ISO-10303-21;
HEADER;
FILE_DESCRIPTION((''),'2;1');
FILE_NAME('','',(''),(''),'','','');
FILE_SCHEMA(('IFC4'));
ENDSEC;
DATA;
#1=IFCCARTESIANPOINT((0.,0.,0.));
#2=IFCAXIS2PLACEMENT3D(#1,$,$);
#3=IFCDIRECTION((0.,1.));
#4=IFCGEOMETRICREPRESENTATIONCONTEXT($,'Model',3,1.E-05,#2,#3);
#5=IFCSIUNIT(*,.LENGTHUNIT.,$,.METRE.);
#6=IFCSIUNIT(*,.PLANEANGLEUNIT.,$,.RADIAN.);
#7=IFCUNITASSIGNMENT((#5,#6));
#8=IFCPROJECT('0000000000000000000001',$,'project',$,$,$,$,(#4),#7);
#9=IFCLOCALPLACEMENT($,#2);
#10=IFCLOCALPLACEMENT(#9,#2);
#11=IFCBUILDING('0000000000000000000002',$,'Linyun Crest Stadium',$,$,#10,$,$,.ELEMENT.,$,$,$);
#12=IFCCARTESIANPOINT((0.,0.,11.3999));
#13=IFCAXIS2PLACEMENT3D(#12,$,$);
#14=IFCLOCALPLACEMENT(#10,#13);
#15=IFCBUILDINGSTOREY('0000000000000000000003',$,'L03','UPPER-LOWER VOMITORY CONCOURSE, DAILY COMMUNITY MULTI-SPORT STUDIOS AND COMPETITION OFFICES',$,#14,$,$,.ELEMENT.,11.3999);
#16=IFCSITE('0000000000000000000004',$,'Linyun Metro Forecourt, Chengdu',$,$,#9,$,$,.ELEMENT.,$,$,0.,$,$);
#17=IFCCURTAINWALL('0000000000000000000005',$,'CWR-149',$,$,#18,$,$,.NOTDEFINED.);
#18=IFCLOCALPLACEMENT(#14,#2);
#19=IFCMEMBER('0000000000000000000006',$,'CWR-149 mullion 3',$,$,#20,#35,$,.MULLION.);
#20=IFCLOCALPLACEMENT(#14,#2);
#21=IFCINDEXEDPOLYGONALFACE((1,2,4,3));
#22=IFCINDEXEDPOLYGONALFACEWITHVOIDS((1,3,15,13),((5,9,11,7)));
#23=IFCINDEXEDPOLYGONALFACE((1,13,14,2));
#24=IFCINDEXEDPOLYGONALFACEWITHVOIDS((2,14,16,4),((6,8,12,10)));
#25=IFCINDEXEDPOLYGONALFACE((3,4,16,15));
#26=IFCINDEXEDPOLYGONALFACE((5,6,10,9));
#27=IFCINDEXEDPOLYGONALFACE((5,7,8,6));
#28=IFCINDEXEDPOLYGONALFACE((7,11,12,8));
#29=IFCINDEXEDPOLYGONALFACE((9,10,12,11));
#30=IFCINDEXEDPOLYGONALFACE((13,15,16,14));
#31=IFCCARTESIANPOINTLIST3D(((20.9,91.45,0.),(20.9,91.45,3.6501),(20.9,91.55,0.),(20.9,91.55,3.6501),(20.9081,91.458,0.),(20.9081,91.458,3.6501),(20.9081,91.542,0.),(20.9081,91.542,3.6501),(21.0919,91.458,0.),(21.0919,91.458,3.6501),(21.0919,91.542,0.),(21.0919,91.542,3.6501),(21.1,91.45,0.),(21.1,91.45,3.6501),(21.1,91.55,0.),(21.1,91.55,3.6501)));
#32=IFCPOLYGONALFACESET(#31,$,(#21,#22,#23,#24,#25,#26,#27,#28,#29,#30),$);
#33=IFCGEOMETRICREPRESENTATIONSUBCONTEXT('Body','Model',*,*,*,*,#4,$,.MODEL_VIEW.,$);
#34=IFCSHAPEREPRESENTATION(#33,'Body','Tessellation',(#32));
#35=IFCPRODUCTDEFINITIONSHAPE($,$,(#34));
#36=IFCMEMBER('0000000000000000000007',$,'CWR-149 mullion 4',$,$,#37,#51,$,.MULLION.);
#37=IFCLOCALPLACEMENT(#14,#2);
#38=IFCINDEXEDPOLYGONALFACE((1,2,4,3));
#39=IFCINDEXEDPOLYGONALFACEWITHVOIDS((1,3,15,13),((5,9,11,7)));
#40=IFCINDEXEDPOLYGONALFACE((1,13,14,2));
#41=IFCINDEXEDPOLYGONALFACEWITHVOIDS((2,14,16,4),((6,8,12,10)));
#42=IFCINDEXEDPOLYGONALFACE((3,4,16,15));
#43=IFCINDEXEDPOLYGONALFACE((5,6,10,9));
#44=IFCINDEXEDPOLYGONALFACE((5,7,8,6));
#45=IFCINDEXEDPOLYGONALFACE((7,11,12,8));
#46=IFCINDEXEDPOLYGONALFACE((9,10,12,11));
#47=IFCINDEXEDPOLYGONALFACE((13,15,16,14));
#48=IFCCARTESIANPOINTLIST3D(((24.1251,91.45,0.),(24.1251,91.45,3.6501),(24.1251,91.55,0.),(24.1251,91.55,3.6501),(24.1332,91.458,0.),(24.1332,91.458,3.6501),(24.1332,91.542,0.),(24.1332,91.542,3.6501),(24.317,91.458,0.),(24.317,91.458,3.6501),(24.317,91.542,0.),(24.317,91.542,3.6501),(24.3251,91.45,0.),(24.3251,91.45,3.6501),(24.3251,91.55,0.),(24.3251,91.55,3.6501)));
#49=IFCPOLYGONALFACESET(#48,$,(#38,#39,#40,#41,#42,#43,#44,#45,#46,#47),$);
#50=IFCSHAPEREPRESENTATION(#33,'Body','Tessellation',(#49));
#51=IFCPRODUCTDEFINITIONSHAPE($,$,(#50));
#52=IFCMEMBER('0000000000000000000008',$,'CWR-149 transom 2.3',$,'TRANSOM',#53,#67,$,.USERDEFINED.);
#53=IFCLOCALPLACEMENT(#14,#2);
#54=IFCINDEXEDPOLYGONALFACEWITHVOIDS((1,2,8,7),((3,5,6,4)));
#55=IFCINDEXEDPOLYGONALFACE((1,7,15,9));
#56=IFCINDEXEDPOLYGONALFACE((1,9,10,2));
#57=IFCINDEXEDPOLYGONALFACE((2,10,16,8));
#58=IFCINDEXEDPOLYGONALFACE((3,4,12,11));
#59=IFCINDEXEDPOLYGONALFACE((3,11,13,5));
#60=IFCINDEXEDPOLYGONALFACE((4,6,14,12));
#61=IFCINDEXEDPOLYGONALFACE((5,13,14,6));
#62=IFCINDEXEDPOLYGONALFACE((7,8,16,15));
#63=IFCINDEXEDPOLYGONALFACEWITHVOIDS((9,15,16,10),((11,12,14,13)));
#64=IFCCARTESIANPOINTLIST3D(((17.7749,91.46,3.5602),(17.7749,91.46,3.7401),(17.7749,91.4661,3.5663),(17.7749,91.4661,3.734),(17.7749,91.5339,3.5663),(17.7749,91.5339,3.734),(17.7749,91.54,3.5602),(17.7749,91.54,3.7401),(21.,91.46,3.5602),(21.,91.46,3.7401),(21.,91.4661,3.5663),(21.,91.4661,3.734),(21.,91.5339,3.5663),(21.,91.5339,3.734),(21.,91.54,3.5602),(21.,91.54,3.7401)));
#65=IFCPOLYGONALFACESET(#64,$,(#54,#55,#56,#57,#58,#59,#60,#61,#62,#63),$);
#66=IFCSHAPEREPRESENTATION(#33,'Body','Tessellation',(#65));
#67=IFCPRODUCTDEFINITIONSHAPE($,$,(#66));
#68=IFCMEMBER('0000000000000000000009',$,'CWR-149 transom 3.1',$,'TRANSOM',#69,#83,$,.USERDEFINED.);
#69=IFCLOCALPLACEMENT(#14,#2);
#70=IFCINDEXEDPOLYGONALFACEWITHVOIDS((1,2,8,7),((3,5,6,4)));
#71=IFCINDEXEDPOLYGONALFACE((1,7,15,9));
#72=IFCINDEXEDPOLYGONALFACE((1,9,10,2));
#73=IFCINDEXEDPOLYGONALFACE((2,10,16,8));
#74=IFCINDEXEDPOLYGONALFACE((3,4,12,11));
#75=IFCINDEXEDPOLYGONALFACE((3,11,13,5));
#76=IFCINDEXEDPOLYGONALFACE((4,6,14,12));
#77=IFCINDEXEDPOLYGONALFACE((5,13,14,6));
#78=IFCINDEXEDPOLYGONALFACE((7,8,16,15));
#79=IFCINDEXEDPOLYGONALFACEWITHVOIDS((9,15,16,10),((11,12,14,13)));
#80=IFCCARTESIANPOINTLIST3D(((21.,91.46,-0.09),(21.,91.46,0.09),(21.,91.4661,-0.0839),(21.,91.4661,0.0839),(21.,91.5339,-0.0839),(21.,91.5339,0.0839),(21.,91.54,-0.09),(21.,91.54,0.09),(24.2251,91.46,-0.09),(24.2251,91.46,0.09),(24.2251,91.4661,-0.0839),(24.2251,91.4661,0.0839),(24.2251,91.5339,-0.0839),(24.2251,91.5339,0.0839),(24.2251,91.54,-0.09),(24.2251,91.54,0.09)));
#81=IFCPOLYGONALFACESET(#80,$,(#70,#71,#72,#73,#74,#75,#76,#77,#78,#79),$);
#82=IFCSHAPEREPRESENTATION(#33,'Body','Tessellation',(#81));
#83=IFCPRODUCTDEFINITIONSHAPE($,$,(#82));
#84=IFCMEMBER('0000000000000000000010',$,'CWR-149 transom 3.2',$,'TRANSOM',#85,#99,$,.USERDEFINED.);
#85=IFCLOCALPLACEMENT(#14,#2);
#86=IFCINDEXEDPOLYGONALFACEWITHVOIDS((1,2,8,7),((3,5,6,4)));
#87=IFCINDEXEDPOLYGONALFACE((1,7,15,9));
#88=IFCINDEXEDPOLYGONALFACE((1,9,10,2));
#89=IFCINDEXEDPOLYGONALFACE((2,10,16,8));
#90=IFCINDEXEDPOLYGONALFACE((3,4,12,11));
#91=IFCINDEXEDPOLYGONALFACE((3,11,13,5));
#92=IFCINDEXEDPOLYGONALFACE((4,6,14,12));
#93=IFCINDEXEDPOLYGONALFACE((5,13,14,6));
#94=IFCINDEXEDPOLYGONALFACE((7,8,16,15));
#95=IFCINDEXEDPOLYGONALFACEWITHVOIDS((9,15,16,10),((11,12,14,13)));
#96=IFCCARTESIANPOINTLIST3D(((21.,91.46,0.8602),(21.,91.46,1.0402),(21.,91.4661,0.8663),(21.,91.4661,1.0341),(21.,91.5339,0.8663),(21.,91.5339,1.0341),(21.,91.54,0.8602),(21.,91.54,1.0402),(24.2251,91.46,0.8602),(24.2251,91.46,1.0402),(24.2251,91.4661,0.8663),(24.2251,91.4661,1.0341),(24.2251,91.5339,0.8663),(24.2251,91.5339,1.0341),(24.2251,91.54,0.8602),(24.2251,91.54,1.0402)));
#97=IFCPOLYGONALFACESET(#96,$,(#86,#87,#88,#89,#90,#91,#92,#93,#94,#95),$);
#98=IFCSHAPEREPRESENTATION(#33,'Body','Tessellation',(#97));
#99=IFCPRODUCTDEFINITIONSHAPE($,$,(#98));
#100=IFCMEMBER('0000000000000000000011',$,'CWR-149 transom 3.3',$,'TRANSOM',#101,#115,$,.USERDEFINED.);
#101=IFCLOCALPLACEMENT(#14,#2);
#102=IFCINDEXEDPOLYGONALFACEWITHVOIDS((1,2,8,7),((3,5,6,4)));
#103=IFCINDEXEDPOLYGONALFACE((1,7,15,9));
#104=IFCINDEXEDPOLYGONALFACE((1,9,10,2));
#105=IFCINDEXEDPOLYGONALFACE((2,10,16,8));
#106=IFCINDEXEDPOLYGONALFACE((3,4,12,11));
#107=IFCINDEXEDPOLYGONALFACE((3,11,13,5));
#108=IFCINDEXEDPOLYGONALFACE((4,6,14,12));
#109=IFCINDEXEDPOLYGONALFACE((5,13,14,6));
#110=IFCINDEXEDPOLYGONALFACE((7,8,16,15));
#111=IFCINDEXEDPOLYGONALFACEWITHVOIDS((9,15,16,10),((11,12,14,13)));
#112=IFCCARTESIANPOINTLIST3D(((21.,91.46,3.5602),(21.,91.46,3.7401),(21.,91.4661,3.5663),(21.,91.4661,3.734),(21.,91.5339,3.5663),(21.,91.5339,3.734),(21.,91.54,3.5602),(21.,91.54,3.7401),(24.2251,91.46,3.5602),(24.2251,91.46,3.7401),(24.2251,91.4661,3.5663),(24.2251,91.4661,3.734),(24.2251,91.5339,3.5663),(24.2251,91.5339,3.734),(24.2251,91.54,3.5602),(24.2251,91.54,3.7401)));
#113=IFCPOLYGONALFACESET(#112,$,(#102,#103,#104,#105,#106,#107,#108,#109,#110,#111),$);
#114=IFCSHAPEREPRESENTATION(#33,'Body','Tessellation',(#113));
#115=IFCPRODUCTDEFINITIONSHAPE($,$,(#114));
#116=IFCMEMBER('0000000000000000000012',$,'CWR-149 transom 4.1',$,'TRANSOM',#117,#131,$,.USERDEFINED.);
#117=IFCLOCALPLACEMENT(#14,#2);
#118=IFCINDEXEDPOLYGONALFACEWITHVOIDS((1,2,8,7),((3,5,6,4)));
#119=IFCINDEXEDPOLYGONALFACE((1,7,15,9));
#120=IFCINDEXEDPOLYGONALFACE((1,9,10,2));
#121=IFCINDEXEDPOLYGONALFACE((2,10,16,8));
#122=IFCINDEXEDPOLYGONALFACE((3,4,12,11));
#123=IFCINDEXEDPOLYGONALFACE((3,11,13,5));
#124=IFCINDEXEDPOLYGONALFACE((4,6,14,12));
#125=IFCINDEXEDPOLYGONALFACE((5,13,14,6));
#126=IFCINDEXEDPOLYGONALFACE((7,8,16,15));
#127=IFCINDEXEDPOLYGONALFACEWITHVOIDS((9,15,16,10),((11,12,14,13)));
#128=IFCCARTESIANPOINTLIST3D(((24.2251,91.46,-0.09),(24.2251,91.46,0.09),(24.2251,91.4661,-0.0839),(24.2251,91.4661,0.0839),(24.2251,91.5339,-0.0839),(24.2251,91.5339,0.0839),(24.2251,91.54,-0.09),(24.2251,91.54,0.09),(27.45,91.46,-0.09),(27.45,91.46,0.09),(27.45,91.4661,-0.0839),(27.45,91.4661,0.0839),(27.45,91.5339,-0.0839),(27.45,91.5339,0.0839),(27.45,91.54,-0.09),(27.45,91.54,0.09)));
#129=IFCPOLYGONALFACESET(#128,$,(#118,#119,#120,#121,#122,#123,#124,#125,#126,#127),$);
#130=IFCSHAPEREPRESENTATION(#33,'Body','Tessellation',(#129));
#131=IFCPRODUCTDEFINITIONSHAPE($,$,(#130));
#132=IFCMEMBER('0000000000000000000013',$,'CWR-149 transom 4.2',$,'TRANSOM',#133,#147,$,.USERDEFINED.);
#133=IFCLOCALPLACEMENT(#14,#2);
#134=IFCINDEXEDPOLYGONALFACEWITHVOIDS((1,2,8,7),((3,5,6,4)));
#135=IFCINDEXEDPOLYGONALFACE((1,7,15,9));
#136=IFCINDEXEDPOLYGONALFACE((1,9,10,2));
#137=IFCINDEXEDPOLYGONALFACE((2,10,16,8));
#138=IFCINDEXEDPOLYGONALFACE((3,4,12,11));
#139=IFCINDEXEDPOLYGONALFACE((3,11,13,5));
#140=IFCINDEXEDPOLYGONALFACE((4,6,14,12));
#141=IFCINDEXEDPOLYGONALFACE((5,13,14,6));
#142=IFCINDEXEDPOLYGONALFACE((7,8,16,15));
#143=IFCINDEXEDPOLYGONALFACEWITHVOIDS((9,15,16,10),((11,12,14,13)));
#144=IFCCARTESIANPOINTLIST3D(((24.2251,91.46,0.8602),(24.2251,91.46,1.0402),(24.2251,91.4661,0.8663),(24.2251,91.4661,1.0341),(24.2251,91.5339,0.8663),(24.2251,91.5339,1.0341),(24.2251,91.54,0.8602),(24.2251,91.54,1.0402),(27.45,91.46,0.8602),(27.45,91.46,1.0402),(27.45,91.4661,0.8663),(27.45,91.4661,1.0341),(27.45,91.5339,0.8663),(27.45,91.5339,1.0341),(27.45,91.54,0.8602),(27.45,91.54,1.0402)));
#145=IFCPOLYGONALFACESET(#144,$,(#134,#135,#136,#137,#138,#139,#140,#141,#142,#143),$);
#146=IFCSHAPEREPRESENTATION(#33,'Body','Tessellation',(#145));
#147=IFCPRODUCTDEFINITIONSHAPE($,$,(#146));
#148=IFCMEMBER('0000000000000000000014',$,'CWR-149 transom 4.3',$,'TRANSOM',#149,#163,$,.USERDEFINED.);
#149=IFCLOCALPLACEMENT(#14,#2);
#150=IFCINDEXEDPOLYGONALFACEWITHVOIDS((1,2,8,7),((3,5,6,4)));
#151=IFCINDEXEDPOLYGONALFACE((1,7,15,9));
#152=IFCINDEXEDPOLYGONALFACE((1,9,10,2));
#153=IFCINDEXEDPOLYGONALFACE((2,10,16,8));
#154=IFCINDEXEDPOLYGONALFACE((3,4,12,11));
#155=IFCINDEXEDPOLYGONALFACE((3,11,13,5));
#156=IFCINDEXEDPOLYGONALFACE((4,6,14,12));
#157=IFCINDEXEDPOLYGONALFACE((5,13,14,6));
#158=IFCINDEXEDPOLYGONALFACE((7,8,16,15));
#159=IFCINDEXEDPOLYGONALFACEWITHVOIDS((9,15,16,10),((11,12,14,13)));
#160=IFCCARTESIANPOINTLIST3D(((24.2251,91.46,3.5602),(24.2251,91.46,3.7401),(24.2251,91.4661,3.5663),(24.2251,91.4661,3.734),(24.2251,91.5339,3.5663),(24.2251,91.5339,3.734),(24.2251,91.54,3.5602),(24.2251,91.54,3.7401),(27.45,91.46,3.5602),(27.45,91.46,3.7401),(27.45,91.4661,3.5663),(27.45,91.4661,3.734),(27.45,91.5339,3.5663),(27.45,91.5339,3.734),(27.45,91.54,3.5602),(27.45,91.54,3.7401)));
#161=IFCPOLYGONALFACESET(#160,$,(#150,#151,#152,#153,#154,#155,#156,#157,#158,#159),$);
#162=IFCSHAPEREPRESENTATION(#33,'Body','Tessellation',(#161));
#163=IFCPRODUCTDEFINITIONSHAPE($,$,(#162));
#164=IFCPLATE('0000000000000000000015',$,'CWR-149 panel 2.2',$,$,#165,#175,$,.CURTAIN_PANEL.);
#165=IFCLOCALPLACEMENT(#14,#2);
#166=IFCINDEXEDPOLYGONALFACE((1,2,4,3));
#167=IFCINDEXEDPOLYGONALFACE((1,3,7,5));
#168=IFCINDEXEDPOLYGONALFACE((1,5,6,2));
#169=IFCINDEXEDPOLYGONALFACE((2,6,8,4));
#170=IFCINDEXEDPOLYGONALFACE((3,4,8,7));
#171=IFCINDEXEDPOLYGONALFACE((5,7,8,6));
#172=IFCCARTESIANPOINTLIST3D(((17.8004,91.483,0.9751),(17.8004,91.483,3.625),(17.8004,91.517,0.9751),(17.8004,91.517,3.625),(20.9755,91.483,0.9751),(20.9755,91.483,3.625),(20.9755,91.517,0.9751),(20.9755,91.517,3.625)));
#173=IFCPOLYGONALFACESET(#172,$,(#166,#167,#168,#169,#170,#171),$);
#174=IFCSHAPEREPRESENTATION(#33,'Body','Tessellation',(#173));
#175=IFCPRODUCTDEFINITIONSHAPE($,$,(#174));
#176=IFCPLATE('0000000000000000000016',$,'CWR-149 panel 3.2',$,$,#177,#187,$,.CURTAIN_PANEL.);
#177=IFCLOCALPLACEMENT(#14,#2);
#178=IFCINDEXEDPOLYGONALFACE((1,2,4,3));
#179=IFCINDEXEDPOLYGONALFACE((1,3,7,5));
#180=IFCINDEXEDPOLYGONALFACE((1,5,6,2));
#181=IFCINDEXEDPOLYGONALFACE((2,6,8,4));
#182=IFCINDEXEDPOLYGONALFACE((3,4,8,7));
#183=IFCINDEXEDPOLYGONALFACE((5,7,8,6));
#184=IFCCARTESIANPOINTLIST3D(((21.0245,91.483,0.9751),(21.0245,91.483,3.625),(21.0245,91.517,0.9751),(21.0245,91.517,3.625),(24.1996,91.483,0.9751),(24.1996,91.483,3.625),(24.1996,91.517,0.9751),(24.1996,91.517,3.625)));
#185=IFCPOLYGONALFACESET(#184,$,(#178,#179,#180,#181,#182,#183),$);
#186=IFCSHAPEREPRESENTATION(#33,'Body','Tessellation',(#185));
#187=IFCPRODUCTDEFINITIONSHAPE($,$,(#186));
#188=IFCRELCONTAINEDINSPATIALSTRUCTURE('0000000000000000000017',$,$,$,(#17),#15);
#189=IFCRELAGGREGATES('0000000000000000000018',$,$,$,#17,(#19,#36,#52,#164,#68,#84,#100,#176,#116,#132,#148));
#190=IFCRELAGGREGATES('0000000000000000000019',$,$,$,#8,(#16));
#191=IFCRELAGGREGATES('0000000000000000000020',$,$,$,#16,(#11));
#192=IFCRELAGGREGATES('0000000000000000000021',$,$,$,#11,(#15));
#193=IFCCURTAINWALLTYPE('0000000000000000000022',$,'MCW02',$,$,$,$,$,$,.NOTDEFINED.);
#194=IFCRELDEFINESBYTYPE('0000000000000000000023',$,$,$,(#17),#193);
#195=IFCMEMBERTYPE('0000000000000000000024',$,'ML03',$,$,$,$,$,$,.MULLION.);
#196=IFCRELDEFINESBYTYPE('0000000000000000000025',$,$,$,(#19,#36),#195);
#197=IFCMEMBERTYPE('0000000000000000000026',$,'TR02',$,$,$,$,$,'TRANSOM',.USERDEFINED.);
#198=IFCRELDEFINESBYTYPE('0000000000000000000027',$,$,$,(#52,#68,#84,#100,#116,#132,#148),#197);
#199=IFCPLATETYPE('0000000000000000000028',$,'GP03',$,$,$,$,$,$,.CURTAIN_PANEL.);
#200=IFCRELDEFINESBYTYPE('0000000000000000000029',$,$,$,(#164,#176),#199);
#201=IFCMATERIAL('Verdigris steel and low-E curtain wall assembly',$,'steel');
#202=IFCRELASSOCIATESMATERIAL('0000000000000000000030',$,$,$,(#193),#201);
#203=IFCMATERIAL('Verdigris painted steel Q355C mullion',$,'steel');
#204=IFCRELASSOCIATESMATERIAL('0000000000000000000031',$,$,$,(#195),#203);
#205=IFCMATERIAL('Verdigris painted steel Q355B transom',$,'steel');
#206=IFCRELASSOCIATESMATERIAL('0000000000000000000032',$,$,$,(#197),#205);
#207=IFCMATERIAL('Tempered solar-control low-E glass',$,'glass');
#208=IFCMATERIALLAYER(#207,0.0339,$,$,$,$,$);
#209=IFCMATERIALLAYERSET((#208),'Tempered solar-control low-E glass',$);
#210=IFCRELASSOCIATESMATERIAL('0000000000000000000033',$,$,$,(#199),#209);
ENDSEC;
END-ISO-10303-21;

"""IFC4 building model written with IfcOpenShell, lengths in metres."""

from ifc_helpers import new_model, si_unit, direction, frame, origin, origin_2d, place, context, subcontext, project, spatial, rectangle, hollow_rectangle, extrude, material, layer, layer_set, material_profile, profile_set, type_object, element, aggregate, save


model = new_model("IFC4")

# Units and contexts
model_context = context("Model", 3, precision=1e-05, world=origin(), true_north=direction((0.0, 1.0)))
body_context = subcontext(model_context, "Body", "Model", "MODEL_VIEW")
ifc_project = project(units=[si_unit("LENGTHUNIT", "METRE"), si_unit("PLANEANGLEUNIT", "RADIAN")], contexts=[model_context])

# Site, building, storey
site_placement = place(None, origin())
site = spatial("IfcSite", under=ifc_project, at=site_placement, Name="Linyun Metro Forecourt, Chengdu", CompositionType="ELEMENT", RefElevation=0.0)
building_placement = place(site_placement, origin())
building = spatial("IfcBuilding", under=site, at=building_placement, Name="Linyun Crest Stadium", CompositionType="ELEMENT")
storey_placement = place(building_placement, frame((0.0, 0.0, 11.3999)))
storey = spatial("IfcBuildingStorey", under=building, at=storey_placement, Name="L03", Description="UPPER-LOWER VOMITORY CONCOURSE, DAILY COMMUNITY MULTI-SPORT STUDIOS AND COMPETITION OFFICES", CompositionType="ELEMENT", Elevation=11.3999)

# Curtain wall, members, plates
ifc_material_1 = material(Name="Verdigris steel and low-E curtain wall assembly", Category="steel")
curtain_wall_type = type_object("IfcCurtainWallType", Name="MCW02", PredefinedType="NOTDEFINED", material=ifc_material_1)
curtain_wall_placement = place(storey_placement, origin())
curtain_wall = element("IfcCurtainWall", 1, at=curtain_wall_placement, inside=storey, type_object=curtain_wall_type, Name="CWR-149", PredefinedType="NOTDEFINED")
ifc_material_2 = material(Name="Verdigris painted steel Q355C mullion", Category="steel")
ifc_material_profile_1 = material_profile(ifc_material_2, hollow_rectangle(XDim=0.1001, YDim=0.2, WallThickness=0.0081, at=origin_2d()), Name="RHS 200x100x8")
ifc_profile_set_1 = profile_set([ifc_material_profile_1], Name="Verdigris painted steel Q355C mullion")
member_type_1 = type_object("IfcMemberType", Name="ML03", PredefinedType="MULLION", material=ifc_profile_set_1)
member_1_placement = place(storey_placement, frame((21.0, 91.5, 0.0), z_axis=(0.0, 0.0, 1.0), x_axis=(0.0, 1.0, 0.0)))
member_1 = element("IfcMember", 2, at=member_1_placement, type_object=member_type_1, Name="CWR-149 mullion 3", PredefinedType="MULLION", context=body_context, shape_type="SweptSolid", body=[
    extrude(hollow_rectangle(XDim=0.1001, YDim=0.2, WallThickness=0.0081, at=origin_2d()), origin(), (0.0, 0.0, 1.0), 3.6501),
])
member_2_placement = place(storey_placement, frame((24.2251, 91.5, 0.0), z_axis=(0.0, 0.0, 1.0), x_axis=(0.0, 1.0, 0.0)))
member_2 = element("IfcMember", 3, at=member_2_placement, type_object=member_type_1, Name="CWR-149 mullion 4", PredefinedType="MULLION", context=body_context, shape_type="SweptSolid", body=[
    extrude(hollow_rectangle(XDim=0.1001, YDim=0.2, WallThickness=0.0081, at=origin_2d()), origin(), (0.0, 0.0, 1.0), 3.6501),
])
ifc_material_3 = material(Name="Verdigris painted steel Q355B transom", Category="steel")
ifc_material_profile_2 = material_profile(ifc_material_3, hollow_rectangle(XDim=0.0801, YDim=0.1799, WallThickness=0.0061, at=origin_2d()), Name="RHS 180x80x6")
ifc_profile_set_2 = profile_set([ifc_material_profile_2], Name="Verdigris painted steel Q355B transom")
member_type_2 = type_object("IfcMemberType", Name="TR02", ElementType="TRANSOM", PredefinedType="USERDEFINED", material=ifc_profile_set_2)
member_3_placement = place(storey_placement, frame((17.7749, 91.5, 3.6501), z_axis=(1.0, 0.0, 0.0), x_axis=(0.0, 1.0, 0.0)))
member_3 = element("IfcMember", 4, at=member_3_placement, type_object=member_type_2, Name="CWR-149 transom 2.3", ObjectType="TRANSOM", PredefinedType="USERDEFINED", context=body_context, shape_type="SweptSolid", body=[
    extrude(hollow_rectangle(XDim=0.0801, YDim=0.1799, WallThickness=0.0061, at=origin_2d()), origin(), (0.0, 0.0, 1.0), 3.2251),
])
member_4_placement = place(storey_placement, frame((21.0, 91.5, 0.0), z_axis=(1.0, 0.0, 0.0), x_axis=(0.0, 1.0, 0.0)))
member_4 = element("IfcMember", 5, at=member_4_placement, type_object=member_type_2, Name="CWR-149 transom 3.1", ObjectType="TRANSOM", PredefinedType="USERDEFINED", context=body_context, shape_type="SweptSolid", body=[
    extrude(hollow_rectangle(XDim=0.0801, YDim=0.1799, WallThickness=0.0061, at=origin_2d()), origin(), (0.0, 0.0, 1.0), 3.2251),
])
member_5_placement = place(storey_placement, frame((21.0, 91.5, 0.9502), z_axis=(1.0, 0.0, 0.0), x_axis=(0.0, 1.0, 0.0)))
member_5 = element("IfcMember", 6, at=member_5_placement, type_object=member_type_2, Name="CWR-149 transom 3.2", ObjectType="TRANSOM", PredefinedType="USERDEFINED", context=body_context, shape_type="SweptSolid", body=[
    extrude(hollow_rectangle(XDim=0.0801, YDim=0.1799, WallThickness=0.0061, at=origin_2d()), origin(), (0.0, 0.0, 1.0), 3.2251),
])
member_6_placement = place(storey_placement, frame((21.0, 91.5, 3.6501), z_axis=(1.0, 0.0, 0.0), x_axis=(0.0, 1.0, 0.0)))
member_6 = element("IfcMember", 7, at=member_6_placement, type_object=member_type_2, Name="CWR-149 transom 3.3", ObjectType="TRANSOM", PredefinedType="USERDEFINED", context=body_context, shape_type="SweptSolid", body=[
    extrude(hollow_rectangle(XDim=0.0801, YDim=0.1799, WallThickness=0.0061, at=origin_2d()), origin(), (0.0, 0.0, 1.0), 3.2251),
])
member_7_placement = place(storey_placement, frame((24.2251, 91.5, 0.0), z_axis=(1.0, 0.0, 0.0), x_axis=(0.0, 1.0, 0.0)))
member_7 = element("IfcMember", 8, at=member_7_placement, type_object=member_type_2, Name="CWR-149 transom 4.1", ObjectType="TRANSOM", PredefinedType="USERDEFINED", context=body_context, shape_type="SweptSolid", body=[
    extrude(hollow_rectangle(XDim=0.0801, YDim=0.1799, WallThickness=0.0061, at=origin_2d()), origin(), (0.0, 0.0, 1.0), 3.2249),
])
member_8_placement = place(storey_placement, frame((24.2251, 91.5, 0.9502), z_axis=(1.0, 0.0, 0.0), x_axis=(0.0, 1.0, 0.0)))
member_8 = element("IfcMember", 9, at=member_8_placement, type_object=member_type_2, Name="CWR-149 transom 4.2", ObjectType="TRANSOM", PredefinedType="USERDEFINED", context=body_context, shape_type="SweptSolid", body=[
    extrude(hollow_rectangle(XDim=0.0801, YDim=0.1799, WallThickness=0.0061, at=origin_2d()), origin(), (0.0, 0.0, 1.0), 3.2249),
])
member_9_placement = place(storey_placement, frame((24.2251, 91.5, 3.6501), z_axis=(1.0, 0.0, 0.0), x_axis=(0.0, 1.0, 0.0)))
member_9 = element("IfcMember", 10, at=member_9_placement, type_object=member_type_2, Name="CWR-149 transom 4.3", ObjectType="TRANSOM", PredefinedType="USERDEFINED", context=body_context, shape_type="SweptSolid", body=[
    extrude(hollow_rectangle(XDim=0.0801, YDim=0.1799, WallThickness=0.0061, at=origin_2d()), origin(), (0.0, 0.0, 1.0), 3.2249),
])
ifc_material_4 = material(Name="Tempered solar-control low-E glass", Category="glass")
ifc_layer_1 = layer(ifc_material_4, 0.0339)
ifc_layer_set_1 = layer_set([ifc_layer_1], Name="Tempered solar-control low-E glass")
plate_type_1 = type_object("IfcPlateType", Name="GP03", PredefinedType="CURTAIN_PANEL", material=ifc_layer_set_1)
plate_1_placement = place(storey_placement, frame((19.3879, 91.5, 0.9751), z_axis=(0.0, 0.0, 1.0), x_axis=(1.0, 0.0, 0.0)))
plate_1 = element("IfcPlate", 11, at=plate_1_placement, type_object=plate_type_1, Name="CWR-149 panel 2.2", PredefinedType="CURTAIN_PANEL", context=body_context, shape_type="SweptSolid", body=[
    extrude(rectangle(XDim=3.175, YDim=0.0339, at=origin_2d()), origin(), (0.0, 0.0, 1.0), 2.6499),
])
plate_2_placement = place(storey_placement, frame((22.6121, 91.5, 0.9751), z_axis=(0.0, 0.0, 1.0), x_axis=(1.0, 0.0, 0.0)))
plate_2 = element("IfcPlate", 12, at=plate_2_placement, type_object=plate_type_1, Name="CWR-149 panel 3.2", PredefinedType="CURTAIN_PANEL", context=body_context, shape_type="SweptSolid", body=[
    extrude(rectangle(XDim=3.175, YDim=0.0339, at=origin_2d()), origin(), (0.0, 0.0, 1.0), 2.6499),
])
aggregate(curtain_wall, [member_1, member_2, member_3, plate_1, member_4, member_5, member_6, plate_2, member_7, member_8, member_9])

save(model, "model.ifc")
